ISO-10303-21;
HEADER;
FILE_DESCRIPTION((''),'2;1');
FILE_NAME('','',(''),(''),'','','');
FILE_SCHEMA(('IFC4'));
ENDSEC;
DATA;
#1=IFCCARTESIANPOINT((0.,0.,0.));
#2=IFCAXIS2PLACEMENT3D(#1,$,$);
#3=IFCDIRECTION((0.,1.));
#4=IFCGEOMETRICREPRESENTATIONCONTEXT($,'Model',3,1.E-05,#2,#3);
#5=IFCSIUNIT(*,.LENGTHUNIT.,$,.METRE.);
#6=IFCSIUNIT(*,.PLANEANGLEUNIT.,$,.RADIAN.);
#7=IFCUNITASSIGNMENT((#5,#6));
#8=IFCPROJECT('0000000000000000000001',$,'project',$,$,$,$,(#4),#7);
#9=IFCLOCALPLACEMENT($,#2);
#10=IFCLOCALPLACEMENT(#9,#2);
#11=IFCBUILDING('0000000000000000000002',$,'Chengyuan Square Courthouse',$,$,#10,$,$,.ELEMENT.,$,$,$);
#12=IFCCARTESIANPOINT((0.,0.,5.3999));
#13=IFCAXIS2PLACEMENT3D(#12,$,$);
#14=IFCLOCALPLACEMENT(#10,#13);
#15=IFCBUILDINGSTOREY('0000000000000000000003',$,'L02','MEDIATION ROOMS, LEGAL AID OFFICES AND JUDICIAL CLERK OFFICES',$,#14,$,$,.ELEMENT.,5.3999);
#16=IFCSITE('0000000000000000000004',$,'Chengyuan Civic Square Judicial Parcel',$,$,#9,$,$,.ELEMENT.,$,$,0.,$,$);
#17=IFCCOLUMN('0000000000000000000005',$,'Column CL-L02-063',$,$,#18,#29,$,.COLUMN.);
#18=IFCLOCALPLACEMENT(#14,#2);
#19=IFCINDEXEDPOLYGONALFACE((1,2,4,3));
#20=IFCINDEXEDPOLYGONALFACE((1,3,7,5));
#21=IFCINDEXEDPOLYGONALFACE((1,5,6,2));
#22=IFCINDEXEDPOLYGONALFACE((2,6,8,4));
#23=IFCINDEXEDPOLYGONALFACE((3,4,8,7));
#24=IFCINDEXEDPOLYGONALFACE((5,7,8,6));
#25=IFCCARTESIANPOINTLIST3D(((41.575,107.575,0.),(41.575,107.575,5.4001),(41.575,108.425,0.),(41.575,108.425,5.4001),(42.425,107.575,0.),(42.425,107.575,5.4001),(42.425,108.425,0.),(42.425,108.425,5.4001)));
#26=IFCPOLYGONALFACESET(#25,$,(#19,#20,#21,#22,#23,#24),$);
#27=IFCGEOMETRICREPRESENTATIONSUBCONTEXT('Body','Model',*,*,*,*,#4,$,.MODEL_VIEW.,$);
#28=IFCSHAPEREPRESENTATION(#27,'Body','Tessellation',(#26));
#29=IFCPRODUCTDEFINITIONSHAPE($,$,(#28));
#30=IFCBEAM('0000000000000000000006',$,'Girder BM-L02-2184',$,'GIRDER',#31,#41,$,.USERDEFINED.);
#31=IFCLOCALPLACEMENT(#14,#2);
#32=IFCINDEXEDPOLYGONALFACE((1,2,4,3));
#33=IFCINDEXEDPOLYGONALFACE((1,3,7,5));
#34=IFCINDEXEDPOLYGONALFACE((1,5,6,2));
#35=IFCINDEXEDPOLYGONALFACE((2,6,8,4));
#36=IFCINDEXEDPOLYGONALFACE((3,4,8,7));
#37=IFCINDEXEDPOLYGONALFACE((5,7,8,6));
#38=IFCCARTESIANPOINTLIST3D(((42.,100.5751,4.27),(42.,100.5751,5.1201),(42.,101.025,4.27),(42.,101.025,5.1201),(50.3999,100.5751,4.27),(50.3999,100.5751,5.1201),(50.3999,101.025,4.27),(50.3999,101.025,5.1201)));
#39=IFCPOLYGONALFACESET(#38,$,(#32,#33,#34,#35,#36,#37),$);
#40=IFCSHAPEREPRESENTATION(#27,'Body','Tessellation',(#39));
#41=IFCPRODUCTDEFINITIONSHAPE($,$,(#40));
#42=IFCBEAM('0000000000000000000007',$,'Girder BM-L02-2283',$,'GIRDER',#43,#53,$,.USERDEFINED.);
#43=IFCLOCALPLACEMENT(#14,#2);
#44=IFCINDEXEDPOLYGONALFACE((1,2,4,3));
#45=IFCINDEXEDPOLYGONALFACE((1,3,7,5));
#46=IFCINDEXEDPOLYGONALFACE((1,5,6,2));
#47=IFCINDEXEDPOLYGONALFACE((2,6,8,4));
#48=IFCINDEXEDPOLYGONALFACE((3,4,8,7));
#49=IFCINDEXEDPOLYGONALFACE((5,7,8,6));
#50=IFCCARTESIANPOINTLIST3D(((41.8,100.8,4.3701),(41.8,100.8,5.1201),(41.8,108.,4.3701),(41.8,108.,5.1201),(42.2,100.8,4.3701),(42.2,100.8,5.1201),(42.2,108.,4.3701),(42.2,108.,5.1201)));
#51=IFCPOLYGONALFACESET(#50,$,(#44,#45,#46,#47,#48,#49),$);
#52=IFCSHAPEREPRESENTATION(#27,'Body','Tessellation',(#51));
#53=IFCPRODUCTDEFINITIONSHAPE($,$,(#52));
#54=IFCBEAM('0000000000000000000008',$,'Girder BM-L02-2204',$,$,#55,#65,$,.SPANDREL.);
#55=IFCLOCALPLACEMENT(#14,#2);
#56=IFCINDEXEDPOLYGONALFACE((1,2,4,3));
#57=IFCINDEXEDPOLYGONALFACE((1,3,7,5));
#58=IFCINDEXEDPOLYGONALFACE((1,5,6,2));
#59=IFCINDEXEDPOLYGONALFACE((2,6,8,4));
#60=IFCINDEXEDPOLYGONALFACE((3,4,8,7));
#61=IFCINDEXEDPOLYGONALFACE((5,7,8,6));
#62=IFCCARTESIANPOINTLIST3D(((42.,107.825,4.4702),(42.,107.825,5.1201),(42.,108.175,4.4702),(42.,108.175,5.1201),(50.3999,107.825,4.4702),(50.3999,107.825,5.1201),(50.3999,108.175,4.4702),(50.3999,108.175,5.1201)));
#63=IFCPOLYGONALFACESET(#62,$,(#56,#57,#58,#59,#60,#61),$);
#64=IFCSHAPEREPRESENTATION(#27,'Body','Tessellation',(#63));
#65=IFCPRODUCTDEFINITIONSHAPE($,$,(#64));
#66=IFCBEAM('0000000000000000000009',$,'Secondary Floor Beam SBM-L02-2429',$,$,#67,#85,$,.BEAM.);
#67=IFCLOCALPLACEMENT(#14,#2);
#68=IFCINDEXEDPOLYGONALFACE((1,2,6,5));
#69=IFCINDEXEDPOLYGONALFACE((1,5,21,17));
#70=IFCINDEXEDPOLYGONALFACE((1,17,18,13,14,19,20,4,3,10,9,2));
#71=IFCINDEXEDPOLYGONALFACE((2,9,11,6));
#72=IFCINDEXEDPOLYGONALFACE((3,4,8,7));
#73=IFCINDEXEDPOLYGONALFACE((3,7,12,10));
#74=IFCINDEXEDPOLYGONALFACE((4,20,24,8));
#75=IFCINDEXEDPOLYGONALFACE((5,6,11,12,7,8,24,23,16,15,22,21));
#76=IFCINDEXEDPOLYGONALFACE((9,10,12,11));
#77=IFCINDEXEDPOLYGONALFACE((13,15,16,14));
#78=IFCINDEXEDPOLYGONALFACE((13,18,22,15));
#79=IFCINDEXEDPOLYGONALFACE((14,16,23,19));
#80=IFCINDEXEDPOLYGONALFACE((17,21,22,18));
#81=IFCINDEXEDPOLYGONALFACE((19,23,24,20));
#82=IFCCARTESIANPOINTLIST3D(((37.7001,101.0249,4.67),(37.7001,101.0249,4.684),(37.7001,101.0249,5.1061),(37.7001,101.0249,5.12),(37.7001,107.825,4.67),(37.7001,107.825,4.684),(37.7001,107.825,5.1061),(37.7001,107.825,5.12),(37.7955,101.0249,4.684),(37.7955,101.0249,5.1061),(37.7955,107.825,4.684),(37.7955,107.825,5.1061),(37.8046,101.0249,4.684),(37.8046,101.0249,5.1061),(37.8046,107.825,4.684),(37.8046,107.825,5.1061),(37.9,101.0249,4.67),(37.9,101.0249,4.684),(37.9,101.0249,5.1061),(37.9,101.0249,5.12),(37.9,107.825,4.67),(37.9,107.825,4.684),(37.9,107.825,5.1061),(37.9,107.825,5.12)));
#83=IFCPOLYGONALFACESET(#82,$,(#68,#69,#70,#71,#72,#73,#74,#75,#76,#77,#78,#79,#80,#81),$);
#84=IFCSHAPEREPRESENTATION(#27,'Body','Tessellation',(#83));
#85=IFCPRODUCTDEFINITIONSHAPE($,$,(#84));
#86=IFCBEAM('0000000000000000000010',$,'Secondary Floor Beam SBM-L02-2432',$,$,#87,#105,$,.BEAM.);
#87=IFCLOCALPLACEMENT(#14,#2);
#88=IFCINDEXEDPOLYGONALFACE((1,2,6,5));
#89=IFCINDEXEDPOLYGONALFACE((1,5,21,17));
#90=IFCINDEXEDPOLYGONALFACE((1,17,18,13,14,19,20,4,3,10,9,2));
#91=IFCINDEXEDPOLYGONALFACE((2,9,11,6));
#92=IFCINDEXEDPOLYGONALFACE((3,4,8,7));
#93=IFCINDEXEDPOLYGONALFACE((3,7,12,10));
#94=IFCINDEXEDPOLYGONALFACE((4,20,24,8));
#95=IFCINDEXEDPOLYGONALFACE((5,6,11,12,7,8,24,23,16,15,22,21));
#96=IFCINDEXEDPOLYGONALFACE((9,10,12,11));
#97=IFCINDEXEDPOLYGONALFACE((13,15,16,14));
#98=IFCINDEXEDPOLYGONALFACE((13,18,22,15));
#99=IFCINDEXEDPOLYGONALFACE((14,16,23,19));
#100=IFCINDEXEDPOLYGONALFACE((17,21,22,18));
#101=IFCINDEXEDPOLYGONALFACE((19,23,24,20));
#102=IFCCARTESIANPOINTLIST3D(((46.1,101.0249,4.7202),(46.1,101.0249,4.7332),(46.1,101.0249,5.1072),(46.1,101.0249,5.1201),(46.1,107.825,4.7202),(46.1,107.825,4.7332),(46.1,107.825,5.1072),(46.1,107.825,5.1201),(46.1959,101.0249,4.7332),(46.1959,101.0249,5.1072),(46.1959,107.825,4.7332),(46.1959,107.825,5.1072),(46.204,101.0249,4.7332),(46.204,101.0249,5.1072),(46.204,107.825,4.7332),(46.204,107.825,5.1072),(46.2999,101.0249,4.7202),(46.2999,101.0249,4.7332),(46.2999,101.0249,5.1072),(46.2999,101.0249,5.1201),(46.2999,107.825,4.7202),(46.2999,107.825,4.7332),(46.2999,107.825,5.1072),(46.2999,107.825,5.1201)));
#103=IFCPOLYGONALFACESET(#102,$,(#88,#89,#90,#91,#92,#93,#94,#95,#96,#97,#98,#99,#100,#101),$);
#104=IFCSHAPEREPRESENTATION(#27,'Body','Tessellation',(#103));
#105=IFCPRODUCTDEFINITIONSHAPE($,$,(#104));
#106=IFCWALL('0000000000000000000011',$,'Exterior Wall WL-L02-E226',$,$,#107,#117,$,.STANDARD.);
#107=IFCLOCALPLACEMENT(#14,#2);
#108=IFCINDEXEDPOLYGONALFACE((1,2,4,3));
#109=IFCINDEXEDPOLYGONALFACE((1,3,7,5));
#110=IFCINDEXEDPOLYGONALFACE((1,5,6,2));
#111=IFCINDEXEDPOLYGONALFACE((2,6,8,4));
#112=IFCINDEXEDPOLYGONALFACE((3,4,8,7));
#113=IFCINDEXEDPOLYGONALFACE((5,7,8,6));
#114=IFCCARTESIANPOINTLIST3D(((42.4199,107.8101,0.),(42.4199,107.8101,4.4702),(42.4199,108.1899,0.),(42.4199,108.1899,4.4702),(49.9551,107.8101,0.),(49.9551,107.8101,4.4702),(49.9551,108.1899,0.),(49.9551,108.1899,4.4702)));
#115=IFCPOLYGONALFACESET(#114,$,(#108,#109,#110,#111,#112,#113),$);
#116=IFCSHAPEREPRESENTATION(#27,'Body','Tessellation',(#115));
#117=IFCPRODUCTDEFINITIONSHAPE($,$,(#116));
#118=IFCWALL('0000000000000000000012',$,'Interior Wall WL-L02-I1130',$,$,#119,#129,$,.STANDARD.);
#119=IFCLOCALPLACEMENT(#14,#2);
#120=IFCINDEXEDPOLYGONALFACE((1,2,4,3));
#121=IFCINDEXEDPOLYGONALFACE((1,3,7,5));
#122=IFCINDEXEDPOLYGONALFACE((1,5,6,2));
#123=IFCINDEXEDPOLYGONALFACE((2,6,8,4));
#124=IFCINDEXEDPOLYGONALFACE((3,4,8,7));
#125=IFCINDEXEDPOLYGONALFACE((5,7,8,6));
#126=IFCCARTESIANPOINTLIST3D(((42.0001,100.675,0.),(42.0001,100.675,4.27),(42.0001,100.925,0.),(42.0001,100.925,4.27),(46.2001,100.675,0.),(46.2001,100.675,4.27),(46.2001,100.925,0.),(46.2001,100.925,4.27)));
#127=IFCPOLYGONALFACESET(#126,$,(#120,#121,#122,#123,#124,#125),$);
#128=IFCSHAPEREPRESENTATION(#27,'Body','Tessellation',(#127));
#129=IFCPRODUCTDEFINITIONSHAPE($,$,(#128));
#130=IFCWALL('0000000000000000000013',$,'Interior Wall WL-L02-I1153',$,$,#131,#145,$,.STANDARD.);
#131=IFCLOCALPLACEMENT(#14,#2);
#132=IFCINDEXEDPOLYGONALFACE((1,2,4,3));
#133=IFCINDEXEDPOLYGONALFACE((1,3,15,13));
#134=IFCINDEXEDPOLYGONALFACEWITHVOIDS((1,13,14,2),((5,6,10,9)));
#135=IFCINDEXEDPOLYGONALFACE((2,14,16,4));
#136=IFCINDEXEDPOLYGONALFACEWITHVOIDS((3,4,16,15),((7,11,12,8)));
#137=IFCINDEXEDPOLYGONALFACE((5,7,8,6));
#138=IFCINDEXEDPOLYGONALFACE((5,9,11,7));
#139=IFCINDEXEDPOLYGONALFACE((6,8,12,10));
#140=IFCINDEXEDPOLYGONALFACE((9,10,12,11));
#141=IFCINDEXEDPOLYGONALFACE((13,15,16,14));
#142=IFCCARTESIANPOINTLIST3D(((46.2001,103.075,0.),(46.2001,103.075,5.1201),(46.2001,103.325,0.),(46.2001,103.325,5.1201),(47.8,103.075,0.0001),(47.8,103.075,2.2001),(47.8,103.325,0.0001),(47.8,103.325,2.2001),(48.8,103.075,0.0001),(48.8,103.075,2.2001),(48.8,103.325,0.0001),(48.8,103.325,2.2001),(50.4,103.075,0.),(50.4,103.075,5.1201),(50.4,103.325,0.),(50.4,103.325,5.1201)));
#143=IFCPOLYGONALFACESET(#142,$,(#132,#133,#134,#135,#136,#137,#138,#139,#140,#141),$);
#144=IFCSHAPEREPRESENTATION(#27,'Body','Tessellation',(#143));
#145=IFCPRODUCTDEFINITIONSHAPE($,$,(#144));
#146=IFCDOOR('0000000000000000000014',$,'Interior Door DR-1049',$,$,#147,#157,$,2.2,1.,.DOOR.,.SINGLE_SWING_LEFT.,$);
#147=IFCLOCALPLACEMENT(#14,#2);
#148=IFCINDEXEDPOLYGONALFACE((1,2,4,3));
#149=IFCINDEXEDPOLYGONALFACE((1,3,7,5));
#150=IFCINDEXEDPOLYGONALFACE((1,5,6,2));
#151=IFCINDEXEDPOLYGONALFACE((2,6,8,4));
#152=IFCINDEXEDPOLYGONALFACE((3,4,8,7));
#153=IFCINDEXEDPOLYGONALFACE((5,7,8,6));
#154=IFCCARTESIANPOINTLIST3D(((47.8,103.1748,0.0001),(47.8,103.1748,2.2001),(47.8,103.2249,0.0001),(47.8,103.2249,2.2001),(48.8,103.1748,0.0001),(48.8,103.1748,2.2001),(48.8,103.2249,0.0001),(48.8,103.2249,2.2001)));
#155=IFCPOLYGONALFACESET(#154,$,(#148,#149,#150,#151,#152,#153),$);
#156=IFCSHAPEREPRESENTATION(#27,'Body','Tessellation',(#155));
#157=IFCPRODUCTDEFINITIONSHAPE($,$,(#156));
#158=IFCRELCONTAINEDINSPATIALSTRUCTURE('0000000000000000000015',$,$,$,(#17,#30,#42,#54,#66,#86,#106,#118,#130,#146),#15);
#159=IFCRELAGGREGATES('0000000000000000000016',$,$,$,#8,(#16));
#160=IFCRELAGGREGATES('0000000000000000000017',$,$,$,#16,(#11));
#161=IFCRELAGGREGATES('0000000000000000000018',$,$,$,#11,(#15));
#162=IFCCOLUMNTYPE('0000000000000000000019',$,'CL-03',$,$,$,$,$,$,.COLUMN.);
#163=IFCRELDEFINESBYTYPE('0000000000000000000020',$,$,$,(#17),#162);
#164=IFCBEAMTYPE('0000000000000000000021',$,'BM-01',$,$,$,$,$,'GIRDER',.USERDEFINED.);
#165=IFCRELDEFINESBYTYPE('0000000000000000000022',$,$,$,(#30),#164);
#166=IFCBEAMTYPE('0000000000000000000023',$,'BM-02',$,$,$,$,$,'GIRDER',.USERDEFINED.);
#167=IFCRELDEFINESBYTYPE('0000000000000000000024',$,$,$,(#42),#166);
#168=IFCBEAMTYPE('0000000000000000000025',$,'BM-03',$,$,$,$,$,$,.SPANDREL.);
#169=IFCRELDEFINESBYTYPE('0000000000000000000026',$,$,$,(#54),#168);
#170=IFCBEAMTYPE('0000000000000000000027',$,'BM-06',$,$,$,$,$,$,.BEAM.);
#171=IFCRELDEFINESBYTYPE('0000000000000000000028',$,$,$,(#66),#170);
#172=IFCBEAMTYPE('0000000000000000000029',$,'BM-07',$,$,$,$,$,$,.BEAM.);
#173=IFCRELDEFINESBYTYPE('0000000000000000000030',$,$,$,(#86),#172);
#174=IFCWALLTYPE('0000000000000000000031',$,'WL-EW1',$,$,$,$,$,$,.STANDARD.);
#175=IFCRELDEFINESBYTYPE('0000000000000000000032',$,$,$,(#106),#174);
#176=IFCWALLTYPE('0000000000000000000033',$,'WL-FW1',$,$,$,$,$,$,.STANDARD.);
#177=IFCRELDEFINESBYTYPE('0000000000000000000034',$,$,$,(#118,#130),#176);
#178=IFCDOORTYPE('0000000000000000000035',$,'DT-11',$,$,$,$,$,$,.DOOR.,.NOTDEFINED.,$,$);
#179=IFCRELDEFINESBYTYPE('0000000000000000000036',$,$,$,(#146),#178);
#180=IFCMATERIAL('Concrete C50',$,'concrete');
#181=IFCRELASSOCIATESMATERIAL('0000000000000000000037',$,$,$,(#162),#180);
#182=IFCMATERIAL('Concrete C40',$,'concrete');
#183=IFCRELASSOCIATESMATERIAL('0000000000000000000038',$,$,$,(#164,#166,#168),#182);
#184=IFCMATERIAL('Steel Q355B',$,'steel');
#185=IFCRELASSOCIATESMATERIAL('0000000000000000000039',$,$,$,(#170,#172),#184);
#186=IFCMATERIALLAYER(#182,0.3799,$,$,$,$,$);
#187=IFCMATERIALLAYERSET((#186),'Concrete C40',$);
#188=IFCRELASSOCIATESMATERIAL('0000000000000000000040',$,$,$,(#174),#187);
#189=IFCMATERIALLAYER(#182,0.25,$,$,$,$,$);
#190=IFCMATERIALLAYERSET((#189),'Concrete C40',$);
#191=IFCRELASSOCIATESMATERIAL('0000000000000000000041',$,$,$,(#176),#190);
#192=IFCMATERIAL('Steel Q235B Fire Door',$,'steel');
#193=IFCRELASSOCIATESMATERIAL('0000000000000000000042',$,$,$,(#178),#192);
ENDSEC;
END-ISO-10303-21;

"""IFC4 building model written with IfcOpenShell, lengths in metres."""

from ifc_helpers import new_model, si_unit, direction, frame, frame_2d, origin, origin_2d, place, context, subcontext, project, spatial, rectangle, i_section, extrude, material, layer, layer_set, material_profile, profile_set, type_object, element, fill, save


model = new_model("IFC4")

# Units and contexts
model_context = context("Model", 3, precision=1e-05, world=origin(), true_north=direction((0.0, 1.0)))
body_context = subcontext(model_context, "Body", "Model", "MODEL_VIEW")
ifc_project = project(units=[si_unit("LENGTHUNIT", "METRE"), si_unit("PLANEANGLEUNIT", "RADIAN")], contexts=[model_context])

# Site, building, storey
site_placement = place(None, origin())
site = spatial("IfcSite", under=ifc_project, at=site_placement, Name="Chengyuan Civic Square Judicial Parcel", CompositionType="ELEMENT", RefElevation=0.0)
building_placement = place(site_placement, origin())
building = spatial("IfcBuilding", under=site, at=building_placement, Name="Chengyuan Square Courthouse", CompositionType="ELEMENT")
storey_placement = place(building_placement, frame((0.0, 0.0, 5.3999)))
storey = spatial("IfcBuildingStorey", under=building, at=storey_placement, Name="L02", Description="MEDIATION ROOMS, LEGAL AID OFFICES AND JUDICIAL CLERK OFFICES", CompositionType="ELEMENT", Elevation=5.3999)

# Column
ifc_material_1 = material(Name="Concrete C50", Category="concrete")
ifc_material_profile_1 = material_profile(ifc_material_1, rectangle(XDim=0.8501, YDim=0.8501, at=origin_2d()), Name="RC-COL-850x850")
ifc_profile_set_1 = profile_set([ifc_material_profile_1], Name="Concrete C50")
column_type = type_object("IfcColumnType", Name="CL-03", PredefinedType="COLUMN", material=ifc_profile_set_1)
column_placement = place(storey_placement, frame((42.0, 108.0, 0.0), z_axis=(0.0, 0.0, 1.0), x_axis=(1.0, 0.0, 0.0)))
element("IfcColumn", 1, at=column_placement, inside=storey, type_object=column_type, Name="Column CL-L02-063", PredefinedType="COLUMN", context=body_context, shape_type="SweptSolid", body=[
    extrude(rectangle(XDim=0.8501, YDim=0.8501, at=origin_2d()), origin(), (0.0, 0.0, 1.0), 5.4001),
])

# Beams
ifc_material_2 = material(Name="Concrete C40", Category="concrete")
ifc_material_profile_2 = material_profile(ifc_material_2, rectangle(XDim=0.45, YDim=0.8501, at=origin_2d()), Name="RC-BM-450x850")
ifc_profile_set_2 = profile_set([ifc_material_profile_2], Name="Concrete C40")
beam_type_1 = type_object("IfcBeamType", Name="BM-01", ElementType="GIRDER", PredefinedType="USERDEFINED", material=ifc_profile_set_2)
beam_1_placement = place(storey_placement, frame((42.0, 100.8, 4.6951), z_axis=(1.0, 0.0, 0.0), x_axis=(0.0, 1.0, 0.0)))
element("IfcBeam", 2, at=beam_1_placement, inside=storey, type_object=beam_type_1, Name="Girder BM-L02-2184", ObjectType="GIRDER", PredefinedType="USERDEFINED", context=body_context, shape_type="SweptSolid", body=[
    extrude(rectangle(XDim=0.45, YDim=0.8501, at=origin_2d()), origin(), (0.0, 0.0, 1.0), 8.3999),
])
ifc_material_profile_3 = material_profile(ifc_material_2, rectangle(XDim=0.3999, YDim=0.75, at=origin_2d()), Name="RC-BM-400x750")
ifc_profile_set_3 = profile_set([ifc_material_profile_3], Name="Concrete C40")
beam_type_2 = type_object("IfcBeamType", Name="BM-02", ElementType="GIRDER", PredefinedType="USERDEFINED", material=ifc_profile_set_3)
beam_2_placement = place(storey_placement, frame((42.0, 100.8, 4.7451), z_axis=(0.0, 1.0, 0.0), x_axis=(-1.0, 0.0, 0.0)))
element("IfcBeam", 3, at=beam_2_placement, inside=storey, type_object=beam_type_2, Name="Girder BM-L02-2283", ObjectType="GIRDER", PredefinedType="USERDEFINED", context=body_context, shape_type="SweptSolid", body=[
    extrude(rectangle(XDim=0.3999, YDim=0.75, at=origin_2d()), origin(), (0.0, 0.0, 1.0), 7.2),
])
ifc_material_profile_4 = material_profile(ifc_material_2, rectangle(XDim=0.3501, YDim=0.6499, at=origin_2d()), Name="RC-BM-350x650")
ifc_profile_set_4 = profile_set([ifc_material_profile_4], Name="Concrete C40")
beam_type_3 = type_object("IfcBeamType", Name="BM-03", PredefinedType="SPANDREL", material=ifc_profile_set_4)
beam_3_placement = place(storey_placement, frame((42.0, 108.0, 4.7952), z_axis=(1.0, 0.0, 0.0), x_axis=(0.0, 1.0, 0.0)))
element("IfcBeam", 4, at=beam_3_placement, inside=storey, type_object=beam_type_3, Name="Girder BM-L02-2204", PredefinedType="SPANDREL", context=body_context, shape_type="SweptSolid", body=[
    extrude(rectangle(XDim=0.3501, YDim=0.6499, at=origin_2d()), origin(), (0.0, 0.0, 1.0), 8.3999),
])
ifc_material_3 = material(Name="Steel Q355B", Category="steel")
ifc_material_profile_5 = material_profile(ifc_material_3, i_section(OverallWidth=0.2, OverallDepth=0.45, WebThickness=0.009, FlangeThickness=0.0139, at=origin_2d()), Name="HN 450x200x9x14")
ifc_profile_set_5 = profile_set([ifc_material_profile_5], Name="Steel Q355B")
beam_type_4 = type_object("IfcBeamType", Name="BM-06", PredefinedType="BEAM", material=ifc_profile_set_5)
beam_4_placement = place(storey_placement, frame((37.8, 101.0249, 4.895), z_axis=(0.0, 1.0, 0.0), x_axis=(-1.0, 0.0, 0.0)))
element("IfcBeam", 5, at=beam_4_placement, inside=storey, type_object=beam_type_4, Name="Secondary Floor Beam SBM-L02-2429", PredefinedType="BEAM", context=body_context, shape_type="SweptSolid", body=[
    extrude(i_section(OverallWidth=0.2, OverallDepth=0.45, WebThickness=0.009, FlangeThickness=0.0139, at=origin_2d()), origin(), (0.0, 0.0, 1.0), 6.8),
])
ifc_material_profile_6 = material_profile(ifc_material_3, i_section(OverallWidth=0.2, OverallDepth=0.3999, WebThickness=0.0081, FlangeThickness=0.0129, at=origin_2d()), Name="HN 400x200x8x13")
ifc_profile_set_6 = profile_set([ifc_material_profile_6], Name="Steel Q355B")
beam_type_5 = type_object("IfcBeamType", Name="BM-07", PredefinedType="BEAM", material=ifc_profile_set_6)
beam_5_placement = place(storey_placement, frame((46.2, 101.0249, 4.9202), z_axis=(0.0, 1.0, 0.0), x_axis=(-1.0, 0.0, 0.0)))
element("IfcBeam", 6, at=beam_5_placement, inside=storey, type_object=beam_type_5, Name="Secondary Floor Beam SBM-L02-2432", PredefinedType="BEAM", context=body_context, shape_type="SweptSolid", body=[
    extrude(i_section(OverallWidth=0.2, OverallDepth=0.3999, WebThickness=0.0081, FlangeThickness=0.0129, at=origin_2d()), origin(), (0.0, 0.0, 1.0), 6.8),
])

# Walls
ifc_layer_1 = layer(ifc_material_2, 0.3799)
ifc_layer_set_1 = layer_set([ifc_layer_1], Name="Concrete C40")
wall_type_1 = type_object("IfcWallType", Name="WL-EW1", PredefinedType="STANDARD", material=ifc_layer_set_1)
wall_1_placement = place(storey_placement, frame((42.4199, 108.0, 0.0), z_axis=(0.0, 0.0, 1.0), x_axis=(1.0, 0.0, 0.0)))
element("IfcWall", 7, at=wall_1_placement, inside=storey, type_object=wall_type_1, Name="Exterior Wall WL-L02-E226", PredefinedType="STANDARD", context=body_context, shape_type="SweptSolid", body=[
    extrude(rectangle(XDim=7.5352, YDim=0.3799, at=frame_2d((3.7676, 0.0))), origin(), (0.0, 0.0, 1.0), 4.4702),
])
ifc_layer_2 = layer(ifc_material_2, 0.25)
ifc_layer_set_2 = layer_set([ifc_layer_2], Name="Concrete C40")
wall_type_2 = type_object("IfcWallType", Name="WL-FW1", PredefinedType="STANDARD", material=ifc_layer_set_2)
wall_2_placement = place(storey_placement, frame((42.0, 100.8, 0.0), z_axis=(0.0, 0.0, 1.0), x_axis=(1.0, 0.0, 0.0)))
element("IfcWall", 8, at=wall_2_placement, inside=storey, type_object=wall_type_2, Name="Interior Wall WL-L02-I1130", PredefinedType="STANDARD", context=body_context, shape_type="SweptSolid", body=[
    extrude(rectangle(XDim=4.2, YDim=0.25, at=frame_2d((2.1001, 0.0))), origin(), (0.0, 0.0, 1.0), 4.27),
])

# Wall, opening, door
wall_3_placement = place(storey_placement, frame((46.2, 103.2, 0.0), z_axis=(0.0, 0.0, 1.0), x_axis=(1.0, 0.0, 0.0)))
wall_3 = element("IfcWall", 9, at=wall_3_placement, inside=storey, type_object=wall_type_2, Name="Interior Wall WL-L02-I1153", PredefinedType="STANDARD", context=body_context, shape_type="SweptSolid", body=[
    extrude(rectangle(XDim=4.2, YDim=0.25, at=frame_2d((2.1001, 0.0))), origin(), (0.0, 0.0, 1.0), 5.1201),
])
opening_1_placement = place(wall_3_placement, frame((1.6001, 0.0, 0.0)))
opening_1 = element("IfcOpeningElement", 10, at=opening_1_placement, cuts=wall_3, PredefinedType="OPENING", context=body_context, shape_type="SweptSolid", body=[
    extrude(rectangle(XDim=1.0, YDim=2.2, at=frame_2d((0.5, 1.1001))), frame((0.0, 0.137, 0.0), z_axis=(0.0, -1.0, 0.0), x_axis=(1.0, 0.0, 0.0)), (0.0, 0.0, 1.0), 0.2739),
])
ifc_material_4 = material(Name="Steel Q235B Fire Door", Category="steel")
door_type_1 = type_object("IfcDoorType", Name="DT-11", OperationType="NOTDEFINED", PredefinedType="DOOR", material=ifc_material_4)
door_1_placement = place(opening_1_placement, origin())
door_1 = element("IfcDoor", 11, at=door_1_placement, inside=storey, type_object=door_type_1, Name="Interior Door DR-1049", OperationType="SINGLE_SWING_LEFT", OverallHeight=2.2, OverallWidth=1.0, PredefinedType="DOOR", context=body_context, shape_type="SweptSolid", body=[
    extrude(rectangle(XDim=1.0, YDim=2.2, at=frame_2d((0.5, 1.1001))), frame((0.0, 0.0249, 0.0), z_axis=(0.0, -1.0, 0.0), x_axis=(1.0, 0.0, 0.0)), (0.0, 0.0, 1.0), 0.05),
])
fill(opening_1, door_1)

save(model, "model.ifc")
